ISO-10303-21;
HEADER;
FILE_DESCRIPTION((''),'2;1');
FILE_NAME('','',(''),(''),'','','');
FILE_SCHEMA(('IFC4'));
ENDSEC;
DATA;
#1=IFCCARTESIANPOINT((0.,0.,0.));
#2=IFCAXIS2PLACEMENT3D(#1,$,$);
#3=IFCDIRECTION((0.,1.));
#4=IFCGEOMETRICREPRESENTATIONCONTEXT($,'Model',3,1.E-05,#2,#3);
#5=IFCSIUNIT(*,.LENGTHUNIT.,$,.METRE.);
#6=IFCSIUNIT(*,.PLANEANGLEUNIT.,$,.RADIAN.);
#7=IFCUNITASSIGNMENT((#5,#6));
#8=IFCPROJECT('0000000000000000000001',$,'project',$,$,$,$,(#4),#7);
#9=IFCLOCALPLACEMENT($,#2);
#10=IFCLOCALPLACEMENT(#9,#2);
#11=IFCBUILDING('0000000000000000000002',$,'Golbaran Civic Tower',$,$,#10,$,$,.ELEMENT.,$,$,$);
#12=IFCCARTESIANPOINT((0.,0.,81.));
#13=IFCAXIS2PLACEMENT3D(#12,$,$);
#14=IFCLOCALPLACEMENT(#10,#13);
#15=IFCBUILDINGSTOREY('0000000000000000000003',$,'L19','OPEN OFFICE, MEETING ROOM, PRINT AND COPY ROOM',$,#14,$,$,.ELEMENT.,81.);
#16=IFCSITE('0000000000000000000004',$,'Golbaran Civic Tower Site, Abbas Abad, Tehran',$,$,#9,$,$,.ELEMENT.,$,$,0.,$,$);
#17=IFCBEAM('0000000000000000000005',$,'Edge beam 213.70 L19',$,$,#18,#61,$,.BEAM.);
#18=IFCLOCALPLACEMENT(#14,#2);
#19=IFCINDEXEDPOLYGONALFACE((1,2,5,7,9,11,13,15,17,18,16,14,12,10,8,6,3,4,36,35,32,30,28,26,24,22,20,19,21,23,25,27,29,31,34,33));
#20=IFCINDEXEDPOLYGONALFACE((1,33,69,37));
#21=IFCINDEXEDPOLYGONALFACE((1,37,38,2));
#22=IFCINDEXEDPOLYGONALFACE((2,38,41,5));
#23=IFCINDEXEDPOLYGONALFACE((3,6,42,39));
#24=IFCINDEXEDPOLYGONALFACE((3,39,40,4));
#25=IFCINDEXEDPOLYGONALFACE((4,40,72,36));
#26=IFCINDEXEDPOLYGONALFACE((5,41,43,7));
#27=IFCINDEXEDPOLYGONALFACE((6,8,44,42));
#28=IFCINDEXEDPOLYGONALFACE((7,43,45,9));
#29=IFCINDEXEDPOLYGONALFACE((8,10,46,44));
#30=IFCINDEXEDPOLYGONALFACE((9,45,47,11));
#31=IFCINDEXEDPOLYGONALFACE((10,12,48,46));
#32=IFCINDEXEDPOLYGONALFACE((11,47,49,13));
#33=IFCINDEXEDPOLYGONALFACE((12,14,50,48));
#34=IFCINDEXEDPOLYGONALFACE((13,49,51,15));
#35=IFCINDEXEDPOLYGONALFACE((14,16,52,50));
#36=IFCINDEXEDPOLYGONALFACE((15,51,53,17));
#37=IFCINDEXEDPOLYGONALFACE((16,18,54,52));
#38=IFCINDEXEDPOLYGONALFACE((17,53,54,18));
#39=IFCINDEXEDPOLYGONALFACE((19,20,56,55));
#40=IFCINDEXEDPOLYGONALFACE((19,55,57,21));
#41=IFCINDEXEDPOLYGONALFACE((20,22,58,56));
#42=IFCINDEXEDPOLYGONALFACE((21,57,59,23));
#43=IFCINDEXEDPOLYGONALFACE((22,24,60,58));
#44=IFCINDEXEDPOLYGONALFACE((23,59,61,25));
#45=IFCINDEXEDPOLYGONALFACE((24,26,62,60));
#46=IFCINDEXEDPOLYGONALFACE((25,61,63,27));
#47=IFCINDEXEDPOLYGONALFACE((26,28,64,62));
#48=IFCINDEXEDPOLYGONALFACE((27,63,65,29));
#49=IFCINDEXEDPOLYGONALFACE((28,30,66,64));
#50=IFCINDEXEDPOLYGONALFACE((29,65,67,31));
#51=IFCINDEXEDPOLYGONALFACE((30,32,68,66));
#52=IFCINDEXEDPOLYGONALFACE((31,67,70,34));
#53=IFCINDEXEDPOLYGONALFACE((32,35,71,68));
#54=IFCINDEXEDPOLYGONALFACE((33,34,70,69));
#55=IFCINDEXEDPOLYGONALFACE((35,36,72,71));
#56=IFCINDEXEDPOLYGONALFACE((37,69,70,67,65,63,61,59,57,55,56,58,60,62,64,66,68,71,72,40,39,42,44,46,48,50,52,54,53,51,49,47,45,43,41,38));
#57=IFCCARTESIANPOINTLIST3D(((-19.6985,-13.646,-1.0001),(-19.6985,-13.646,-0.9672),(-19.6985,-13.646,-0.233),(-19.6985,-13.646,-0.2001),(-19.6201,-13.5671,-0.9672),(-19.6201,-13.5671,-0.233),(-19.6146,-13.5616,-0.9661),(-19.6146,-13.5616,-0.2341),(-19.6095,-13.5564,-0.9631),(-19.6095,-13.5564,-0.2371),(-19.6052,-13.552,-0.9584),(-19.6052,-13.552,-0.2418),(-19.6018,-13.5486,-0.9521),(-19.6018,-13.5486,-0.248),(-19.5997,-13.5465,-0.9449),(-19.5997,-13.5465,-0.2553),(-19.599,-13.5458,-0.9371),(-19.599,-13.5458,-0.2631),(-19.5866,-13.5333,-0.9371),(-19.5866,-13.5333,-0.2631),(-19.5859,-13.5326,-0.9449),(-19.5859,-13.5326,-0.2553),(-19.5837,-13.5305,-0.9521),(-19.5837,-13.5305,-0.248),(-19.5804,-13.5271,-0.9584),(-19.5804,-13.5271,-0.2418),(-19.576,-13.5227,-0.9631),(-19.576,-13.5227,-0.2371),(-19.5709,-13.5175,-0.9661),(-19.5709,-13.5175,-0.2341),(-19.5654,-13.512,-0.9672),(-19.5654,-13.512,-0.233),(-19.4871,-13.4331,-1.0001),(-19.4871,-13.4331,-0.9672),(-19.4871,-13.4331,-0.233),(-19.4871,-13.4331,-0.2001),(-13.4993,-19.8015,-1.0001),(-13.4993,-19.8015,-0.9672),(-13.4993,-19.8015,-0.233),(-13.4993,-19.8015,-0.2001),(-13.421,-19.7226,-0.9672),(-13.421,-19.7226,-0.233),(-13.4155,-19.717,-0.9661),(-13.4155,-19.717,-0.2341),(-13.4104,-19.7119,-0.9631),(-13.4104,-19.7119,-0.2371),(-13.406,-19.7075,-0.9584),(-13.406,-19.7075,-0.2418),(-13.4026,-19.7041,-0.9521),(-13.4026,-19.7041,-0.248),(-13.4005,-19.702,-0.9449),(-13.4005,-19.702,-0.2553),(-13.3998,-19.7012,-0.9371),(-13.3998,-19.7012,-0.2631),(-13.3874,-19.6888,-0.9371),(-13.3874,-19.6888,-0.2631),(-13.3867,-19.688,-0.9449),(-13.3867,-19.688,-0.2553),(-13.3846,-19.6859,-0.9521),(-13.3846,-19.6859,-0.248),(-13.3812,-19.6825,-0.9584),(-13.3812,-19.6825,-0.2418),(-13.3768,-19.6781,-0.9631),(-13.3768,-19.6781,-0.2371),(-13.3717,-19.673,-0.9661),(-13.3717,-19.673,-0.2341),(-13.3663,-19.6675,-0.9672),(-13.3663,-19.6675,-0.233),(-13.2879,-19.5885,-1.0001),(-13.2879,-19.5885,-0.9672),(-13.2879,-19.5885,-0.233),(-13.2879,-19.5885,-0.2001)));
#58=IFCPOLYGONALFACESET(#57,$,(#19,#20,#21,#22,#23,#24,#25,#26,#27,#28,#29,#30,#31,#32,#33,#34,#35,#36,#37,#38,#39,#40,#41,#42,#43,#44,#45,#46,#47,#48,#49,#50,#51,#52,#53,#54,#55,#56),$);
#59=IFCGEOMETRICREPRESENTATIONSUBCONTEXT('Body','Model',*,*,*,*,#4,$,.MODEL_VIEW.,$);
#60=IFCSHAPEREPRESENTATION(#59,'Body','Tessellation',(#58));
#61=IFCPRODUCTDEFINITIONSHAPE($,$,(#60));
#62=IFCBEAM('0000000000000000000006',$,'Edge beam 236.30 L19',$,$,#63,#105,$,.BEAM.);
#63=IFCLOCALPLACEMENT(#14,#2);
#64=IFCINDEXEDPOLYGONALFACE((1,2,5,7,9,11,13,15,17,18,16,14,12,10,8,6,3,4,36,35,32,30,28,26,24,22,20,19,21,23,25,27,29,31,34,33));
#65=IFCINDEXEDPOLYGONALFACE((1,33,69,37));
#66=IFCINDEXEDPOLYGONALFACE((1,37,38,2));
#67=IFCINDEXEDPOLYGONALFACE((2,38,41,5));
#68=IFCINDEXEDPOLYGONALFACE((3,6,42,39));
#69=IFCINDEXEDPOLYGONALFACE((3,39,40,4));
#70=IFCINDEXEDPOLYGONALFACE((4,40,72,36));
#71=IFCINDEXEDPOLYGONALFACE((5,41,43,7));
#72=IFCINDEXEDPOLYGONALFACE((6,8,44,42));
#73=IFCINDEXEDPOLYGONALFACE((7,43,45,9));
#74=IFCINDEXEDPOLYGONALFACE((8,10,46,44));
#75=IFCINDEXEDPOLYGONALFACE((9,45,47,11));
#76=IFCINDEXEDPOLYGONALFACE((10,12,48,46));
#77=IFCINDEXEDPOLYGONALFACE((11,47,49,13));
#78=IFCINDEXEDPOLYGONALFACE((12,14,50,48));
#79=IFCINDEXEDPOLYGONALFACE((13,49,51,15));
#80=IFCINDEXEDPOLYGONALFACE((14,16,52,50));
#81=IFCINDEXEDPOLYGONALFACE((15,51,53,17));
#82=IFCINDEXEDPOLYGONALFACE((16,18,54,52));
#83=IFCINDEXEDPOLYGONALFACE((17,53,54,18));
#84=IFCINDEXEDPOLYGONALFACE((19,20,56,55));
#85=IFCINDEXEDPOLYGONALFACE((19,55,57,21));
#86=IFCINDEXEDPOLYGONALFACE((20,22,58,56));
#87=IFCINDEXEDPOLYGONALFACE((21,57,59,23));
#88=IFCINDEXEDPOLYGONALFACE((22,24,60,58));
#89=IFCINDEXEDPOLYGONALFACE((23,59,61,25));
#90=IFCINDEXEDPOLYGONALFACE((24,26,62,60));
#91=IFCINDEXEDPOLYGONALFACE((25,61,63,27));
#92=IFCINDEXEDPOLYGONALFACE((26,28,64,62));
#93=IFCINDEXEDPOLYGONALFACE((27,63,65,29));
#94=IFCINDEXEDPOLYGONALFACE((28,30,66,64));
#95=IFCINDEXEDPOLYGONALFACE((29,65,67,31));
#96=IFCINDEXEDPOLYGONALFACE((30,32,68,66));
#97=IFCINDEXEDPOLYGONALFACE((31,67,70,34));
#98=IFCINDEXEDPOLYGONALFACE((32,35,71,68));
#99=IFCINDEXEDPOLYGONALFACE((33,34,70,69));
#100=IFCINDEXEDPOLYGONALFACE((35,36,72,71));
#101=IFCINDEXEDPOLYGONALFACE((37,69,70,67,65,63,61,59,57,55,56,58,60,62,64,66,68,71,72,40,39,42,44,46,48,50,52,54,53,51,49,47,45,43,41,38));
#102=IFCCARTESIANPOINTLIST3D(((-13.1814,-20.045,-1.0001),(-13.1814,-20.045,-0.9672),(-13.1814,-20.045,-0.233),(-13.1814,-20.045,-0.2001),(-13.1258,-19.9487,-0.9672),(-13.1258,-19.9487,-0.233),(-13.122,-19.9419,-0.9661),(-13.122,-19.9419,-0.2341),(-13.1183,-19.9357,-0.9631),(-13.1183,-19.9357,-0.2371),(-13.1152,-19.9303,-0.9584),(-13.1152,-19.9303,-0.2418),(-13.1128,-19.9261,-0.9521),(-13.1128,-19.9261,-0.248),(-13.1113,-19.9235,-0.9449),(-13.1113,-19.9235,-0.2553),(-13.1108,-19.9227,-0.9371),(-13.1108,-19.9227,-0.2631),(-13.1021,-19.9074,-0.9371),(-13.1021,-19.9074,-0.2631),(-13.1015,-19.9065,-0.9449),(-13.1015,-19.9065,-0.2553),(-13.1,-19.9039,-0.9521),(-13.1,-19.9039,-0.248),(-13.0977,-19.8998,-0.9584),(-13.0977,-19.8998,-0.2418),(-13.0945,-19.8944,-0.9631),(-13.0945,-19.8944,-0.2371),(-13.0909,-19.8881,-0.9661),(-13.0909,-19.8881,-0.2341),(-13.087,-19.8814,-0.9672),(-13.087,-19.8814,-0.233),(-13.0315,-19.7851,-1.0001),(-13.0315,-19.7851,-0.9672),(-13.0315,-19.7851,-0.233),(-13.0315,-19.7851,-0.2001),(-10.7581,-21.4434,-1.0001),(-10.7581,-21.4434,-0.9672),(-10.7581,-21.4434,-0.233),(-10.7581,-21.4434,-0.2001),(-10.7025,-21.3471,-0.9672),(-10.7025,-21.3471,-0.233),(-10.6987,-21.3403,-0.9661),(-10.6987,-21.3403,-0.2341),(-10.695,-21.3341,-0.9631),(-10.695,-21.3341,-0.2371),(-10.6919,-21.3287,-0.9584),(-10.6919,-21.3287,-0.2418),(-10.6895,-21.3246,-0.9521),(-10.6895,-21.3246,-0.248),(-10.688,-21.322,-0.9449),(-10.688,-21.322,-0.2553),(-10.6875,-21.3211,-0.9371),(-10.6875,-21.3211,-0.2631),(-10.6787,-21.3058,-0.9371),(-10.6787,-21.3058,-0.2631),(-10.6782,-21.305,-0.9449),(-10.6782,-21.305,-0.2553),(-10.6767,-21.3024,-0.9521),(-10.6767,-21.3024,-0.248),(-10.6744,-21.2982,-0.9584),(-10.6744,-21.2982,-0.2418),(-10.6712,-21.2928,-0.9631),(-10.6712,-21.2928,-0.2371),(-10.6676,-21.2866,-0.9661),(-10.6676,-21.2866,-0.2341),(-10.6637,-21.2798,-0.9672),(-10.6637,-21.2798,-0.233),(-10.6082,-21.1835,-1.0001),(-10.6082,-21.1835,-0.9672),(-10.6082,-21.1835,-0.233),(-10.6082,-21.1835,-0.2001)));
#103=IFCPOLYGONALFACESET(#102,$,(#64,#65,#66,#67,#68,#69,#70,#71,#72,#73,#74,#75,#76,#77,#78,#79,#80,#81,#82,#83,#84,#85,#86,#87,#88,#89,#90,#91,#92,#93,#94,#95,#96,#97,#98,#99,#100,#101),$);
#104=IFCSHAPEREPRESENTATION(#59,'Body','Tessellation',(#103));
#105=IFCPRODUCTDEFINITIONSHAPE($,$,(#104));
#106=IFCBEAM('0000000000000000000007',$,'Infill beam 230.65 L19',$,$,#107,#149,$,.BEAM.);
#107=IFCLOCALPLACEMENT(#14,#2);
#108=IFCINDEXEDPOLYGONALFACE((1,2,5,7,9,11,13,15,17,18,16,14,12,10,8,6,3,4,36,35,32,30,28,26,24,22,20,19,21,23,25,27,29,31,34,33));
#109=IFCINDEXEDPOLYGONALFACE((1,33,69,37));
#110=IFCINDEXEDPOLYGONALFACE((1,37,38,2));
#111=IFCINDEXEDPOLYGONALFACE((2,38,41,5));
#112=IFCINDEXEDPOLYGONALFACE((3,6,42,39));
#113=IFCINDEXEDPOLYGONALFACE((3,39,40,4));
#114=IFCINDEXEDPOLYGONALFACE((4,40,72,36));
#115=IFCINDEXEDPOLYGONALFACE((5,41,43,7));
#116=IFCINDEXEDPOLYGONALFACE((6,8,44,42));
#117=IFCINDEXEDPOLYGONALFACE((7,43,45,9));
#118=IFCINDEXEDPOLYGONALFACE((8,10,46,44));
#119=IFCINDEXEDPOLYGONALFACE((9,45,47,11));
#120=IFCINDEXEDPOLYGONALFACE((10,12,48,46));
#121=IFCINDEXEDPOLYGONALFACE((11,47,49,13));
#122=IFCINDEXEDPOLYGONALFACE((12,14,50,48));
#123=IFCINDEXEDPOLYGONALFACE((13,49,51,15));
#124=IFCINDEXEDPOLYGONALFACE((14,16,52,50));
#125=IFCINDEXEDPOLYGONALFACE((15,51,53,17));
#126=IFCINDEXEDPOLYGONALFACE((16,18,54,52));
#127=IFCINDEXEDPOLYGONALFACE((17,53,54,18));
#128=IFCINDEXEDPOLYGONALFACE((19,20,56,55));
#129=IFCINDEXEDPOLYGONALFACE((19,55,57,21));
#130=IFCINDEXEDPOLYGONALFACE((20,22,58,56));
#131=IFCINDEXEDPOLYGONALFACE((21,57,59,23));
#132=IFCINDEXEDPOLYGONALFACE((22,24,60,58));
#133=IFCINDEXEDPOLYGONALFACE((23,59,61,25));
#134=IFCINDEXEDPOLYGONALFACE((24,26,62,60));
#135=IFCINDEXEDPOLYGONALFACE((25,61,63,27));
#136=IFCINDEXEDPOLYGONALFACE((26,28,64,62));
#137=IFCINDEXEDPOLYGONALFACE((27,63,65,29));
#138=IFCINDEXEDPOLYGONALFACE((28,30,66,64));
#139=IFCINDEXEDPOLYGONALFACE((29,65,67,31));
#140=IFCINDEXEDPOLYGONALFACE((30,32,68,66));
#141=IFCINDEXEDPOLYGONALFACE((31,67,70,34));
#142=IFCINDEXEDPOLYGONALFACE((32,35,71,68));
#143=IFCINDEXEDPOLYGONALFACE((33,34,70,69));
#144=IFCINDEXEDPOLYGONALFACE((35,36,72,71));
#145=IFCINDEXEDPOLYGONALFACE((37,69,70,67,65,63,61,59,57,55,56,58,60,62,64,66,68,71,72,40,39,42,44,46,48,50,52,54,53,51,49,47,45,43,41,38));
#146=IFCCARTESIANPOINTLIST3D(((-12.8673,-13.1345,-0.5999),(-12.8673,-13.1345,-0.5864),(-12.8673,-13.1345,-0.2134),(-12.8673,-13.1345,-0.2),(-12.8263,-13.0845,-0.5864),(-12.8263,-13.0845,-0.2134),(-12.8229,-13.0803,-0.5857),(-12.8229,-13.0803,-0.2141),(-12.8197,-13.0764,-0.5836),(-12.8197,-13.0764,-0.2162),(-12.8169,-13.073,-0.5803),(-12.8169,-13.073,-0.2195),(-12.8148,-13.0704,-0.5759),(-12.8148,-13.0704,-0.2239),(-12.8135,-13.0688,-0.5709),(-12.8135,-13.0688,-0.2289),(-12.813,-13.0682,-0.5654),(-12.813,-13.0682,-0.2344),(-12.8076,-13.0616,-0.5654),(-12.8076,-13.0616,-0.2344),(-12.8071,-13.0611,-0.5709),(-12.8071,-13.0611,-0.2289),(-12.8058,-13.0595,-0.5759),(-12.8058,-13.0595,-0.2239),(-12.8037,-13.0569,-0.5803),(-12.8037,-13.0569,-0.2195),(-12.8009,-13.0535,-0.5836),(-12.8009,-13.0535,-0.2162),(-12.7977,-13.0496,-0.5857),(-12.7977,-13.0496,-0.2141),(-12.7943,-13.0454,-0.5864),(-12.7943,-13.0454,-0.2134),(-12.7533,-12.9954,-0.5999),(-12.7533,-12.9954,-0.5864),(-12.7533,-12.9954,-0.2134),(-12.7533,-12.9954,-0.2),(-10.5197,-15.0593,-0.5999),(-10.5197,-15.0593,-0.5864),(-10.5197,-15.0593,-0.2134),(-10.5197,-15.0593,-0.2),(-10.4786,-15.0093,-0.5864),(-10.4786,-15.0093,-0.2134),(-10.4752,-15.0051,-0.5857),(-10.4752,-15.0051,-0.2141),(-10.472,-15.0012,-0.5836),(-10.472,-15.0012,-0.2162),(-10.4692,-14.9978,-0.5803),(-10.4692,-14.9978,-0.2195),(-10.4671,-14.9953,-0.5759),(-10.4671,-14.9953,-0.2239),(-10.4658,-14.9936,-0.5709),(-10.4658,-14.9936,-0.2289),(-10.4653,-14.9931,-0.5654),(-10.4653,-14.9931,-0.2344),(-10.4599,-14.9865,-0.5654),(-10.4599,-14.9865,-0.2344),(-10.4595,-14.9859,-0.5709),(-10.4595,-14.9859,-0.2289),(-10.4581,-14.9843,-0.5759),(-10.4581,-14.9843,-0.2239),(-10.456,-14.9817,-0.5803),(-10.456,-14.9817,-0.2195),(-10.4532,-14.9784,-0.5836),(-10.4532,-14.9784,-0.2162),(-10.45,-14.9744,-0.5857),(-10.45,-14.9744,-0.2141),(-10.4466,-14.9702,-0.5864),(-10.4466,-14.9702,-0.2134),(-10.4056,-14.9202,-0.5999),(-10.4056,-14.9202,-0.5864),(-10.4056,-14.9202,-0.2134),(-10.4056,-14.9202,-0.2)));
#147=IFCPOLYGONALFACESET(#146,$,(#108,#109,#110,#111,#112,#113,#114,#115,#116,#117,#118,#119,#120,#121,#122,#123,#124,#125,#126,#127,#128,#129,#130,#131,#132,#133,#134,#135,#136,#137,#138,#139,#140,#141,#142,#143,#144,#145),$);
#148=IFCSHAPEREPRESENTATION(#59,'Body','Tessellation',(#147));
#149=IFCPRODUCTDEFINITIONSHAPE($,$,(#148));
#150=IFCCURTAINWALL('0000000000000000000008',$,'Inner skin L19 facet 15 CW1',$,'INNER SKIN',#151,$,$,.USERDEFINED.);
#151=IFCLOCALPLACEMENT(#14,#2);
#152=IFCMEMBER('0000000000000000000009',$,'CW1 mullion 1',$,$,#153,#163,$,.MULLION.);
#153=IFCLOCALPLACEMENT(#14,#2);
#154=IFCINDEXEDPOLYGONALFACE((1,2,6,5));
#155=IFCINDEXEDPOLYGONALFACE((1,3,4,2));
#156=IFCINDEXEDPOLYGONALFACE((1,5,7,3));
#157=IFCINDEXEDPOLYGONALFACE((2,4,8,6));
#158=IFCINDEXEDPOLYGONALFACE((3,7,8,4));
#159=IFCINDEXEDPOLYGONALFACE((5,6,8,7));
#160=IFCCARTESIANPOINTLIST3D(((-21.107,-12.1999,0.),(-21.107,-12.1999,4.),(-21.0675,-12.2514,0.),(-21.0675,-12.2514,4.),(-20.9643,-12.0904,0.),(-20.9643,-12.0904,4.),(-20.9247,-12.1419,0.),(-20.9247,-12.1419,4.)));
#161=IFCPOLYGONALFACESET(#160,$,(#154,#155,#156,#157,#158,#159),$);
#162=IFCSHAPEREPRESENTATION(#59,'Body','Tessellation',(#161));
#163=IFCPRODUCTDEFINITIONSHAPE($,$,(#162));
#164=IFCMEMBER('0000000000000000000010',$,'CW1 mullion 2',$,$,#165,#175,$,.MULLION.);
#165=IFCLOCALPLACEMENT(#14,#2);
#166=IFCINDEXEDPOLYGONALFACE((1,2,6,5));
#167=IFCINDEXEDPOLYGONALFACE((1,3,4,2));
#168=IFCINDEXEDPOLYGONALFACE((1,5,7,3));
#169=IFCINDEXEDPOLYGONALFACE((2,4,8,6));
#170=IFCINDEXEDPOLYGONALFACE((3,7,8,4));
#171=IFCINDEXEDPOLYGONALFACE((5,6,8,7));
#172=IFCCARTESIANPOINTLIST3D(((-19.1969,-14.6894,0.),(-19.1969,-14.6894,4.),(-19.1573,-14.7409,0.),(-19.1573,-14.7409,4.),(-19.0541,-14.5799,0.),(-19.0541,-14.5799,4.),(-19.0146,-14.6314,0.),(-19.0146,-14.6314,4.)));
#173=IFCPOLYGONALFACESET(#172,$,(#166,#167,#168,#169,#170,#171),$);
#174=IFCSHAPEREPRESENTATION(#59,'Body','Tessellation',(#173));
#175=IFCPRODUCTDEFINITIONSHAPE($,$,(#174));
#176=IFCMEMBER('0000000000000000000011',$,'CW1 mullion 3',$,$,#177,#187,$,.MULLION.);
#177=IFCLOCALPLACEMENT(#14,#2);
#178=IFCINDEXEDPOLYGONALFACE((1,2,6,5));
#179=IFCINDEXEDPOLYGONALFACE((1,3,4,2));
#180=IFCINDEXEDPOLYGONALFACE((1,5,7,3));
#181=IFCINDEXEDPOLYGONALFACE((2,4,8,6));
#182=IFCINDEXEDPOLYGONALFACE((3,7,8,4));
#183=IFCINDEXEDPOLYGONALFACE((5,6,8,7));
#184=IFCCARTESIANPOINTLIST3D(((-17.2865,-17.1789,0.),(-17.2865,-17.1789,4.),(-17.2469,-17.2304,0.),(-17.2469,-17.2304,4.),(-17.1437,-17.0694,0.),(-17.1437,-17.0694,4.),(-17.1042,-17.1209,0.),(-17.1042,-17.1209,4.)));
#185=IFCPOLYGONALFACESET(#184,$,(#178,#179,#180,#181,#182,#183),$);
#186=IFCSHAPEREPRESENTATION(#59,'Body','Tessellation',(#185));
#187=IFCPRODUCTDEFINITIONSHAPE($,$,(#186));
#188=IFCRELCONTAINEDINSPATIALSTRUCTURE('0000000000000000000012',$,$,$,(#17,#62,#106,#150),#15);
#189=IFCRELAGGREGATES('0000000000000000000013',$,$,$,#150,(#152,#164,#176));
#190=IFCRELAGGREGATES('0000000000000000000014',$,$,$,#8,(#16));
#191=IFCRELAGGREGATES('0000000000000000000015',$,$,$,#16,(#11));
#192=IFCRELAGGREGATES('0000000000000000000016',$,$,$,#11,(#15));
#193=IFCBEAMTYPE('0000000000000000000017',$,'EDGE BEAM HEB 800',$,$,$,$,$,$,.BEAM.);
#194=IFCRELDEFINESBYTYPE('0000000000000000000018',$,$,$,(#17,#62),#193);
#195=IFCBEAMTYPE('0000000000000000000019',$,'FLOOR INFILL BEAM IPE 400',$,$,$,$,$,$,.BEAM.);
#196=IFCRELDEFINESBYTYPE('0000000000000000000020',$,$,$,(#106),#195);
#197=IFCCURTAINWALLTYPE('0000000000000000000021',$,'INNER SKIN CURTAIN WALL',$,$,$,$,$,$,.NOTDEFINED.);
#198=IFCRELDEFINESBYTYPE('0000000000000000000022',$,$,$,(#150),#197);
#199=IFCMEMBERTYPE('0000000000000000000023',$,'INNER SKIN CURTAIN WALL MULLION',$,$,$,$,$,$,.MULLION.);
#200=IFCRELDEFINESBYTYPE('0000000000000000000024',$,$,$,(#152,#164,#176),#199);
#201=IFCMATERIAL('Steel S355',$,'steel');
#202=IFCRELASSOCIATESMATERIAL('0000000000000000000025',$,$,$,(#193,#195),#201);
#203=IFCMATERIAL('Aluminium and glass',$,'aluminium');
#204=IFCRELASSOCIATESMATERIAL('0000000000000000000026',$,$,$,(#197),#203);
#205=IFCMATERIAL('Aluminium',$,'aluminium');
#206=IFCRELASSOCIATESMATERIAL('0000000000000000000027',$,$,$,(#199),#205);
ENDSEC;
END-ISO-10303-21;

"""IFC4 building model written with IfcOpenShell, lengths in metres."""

from ifc_helpers import new_model, si_unit, direction, frame, origin, origin_2d, place, context, subcontext, project, spatial, rectangle, i_section, extrude, material, material_profile, profile_set, type_object, element, aggregate, save


model = new_model("IFC4")

# Units and contexts
model_context = context("Model", 3, precision=1e-05, world=origin(), true_north=direction((0.0, 1.0)))
body_context = subcontext(model_context, "Body", "Model", "MODEL_VIEW")
ifc_project = project(units=[si_unit("LENGTHUNIT", "METRE"), si_unit("PLANEANGLEUNIT", "RADIAN")], contexts=[model_context])

# Site, building, storey
site_placement = place(None, origin())
site = spatial("IfcSite", under=ifc_project, at=site_placement, Name="Golbaran Civic Tower Site, Abbas Abad, Tehran", CompositionType="ELEMENT", RefElevation=0.0)
building_placement = place(site_placement, origin())
building = spatial("IfcBuilding", under=site, at=building_placement, Name="Golbaran Civic Tower", CompositionType="ELEMENT")
storey_placement = place(building_placement, frame((0.0, 0.0, 81.0)))
storey = spatial("IfcBuildingStorey", under=building, at=storey_placement, Name="L19", Description="OPEN OFFICE, MEETING ROOM, PRINT AND COPY ROOM", CompositionType="ELEMENT", Elevation=81.0)

# Beams
ifc_material_1 = material(Name="Steel S355", Category="steel")
ifc_material_profile_1 = material_profile(ifc_material_1, i_section(OverallWidth=0.3, OverallDepth=0.8, WebThickness=0.0176, FlangeThickness=0.033, FilletRadius=0.03, at=origin_2d()), Name="HEB 800")
ifc_profile_set_1 = profile_set([ifc_material_profile_1], Name="Steel S355")
beam_type_1 = type_object("IfcBeamType", Name="EDGE BEAM HEB 800", PredefinedType="BEAM", material=ifc_profile_set_1)
beam_1_placement = place(storey_placement, frame((-19.5928, -13.5396, -0.6001), z_axis=(0.709604, -0.704601, 0.0), x_axis=(0.704601, 0.709604, 0.0)))
element("IfcBeam", 1, at=beam_1_placement, inside=storey, type_object=beam_type_1, Name="Edge beam 213.70 L19", PredefinedType="BEAM", context=body_context, shape_type="SweptSolid", body=[
    extrude(i_section(OverallWidth=0.3, OverallDepth=0.8, WebThickness=0.0176, FlangeThickness=0.033, FilletRadius=0.03, at=origin_2d()), origin(), (0.0, 0.0, 1.0), 8.7361),
])
beam_2_placement = place(storey_placement, frame((-13.1064, -19.915, -0.6001), z_axis=(0.86613, -0.499818, 0.0), x_axis=(0.499818, 0.86613, 0.0)))
element("IfcBeam", 2, at=beam_2_placement, inside=storey, type_object=beam_type_1, Name="Edge beam 236.30 L19", PredefinedType="BEAM", context=body_context, shape_type="SweptSolid", body=[
    extrude(i_section(OverallWidth=0.3, OverallDepth=0.8, WebThickness=0.0176, FlangeThickness=0.033, FilletRadius=0.03, at=origin_2d()), origin(), (0.0, 0.0, 1.0), 2.7979),
])
ifc_material_profile_2 = material_profile(ifc_material_1, i_section(OverallWidth=0.1799, OverallDepth=0.3999, WebThickness=0.0085, FlangeThickness=0.0134, FilletRadius=0.021, at=origin_2d()), Name="IPE 400")
ifc_profile_set_2 = profile_set([ifc_material_profile_2], Name="Steel S355")
beam_type_2 = type_object("IfcBeamType", Name="FLOOR INFILL BEAM IPE 400", PredefinedType="BEAM", material=ifc_profile_set_2)
beam_3_placement = place(storey_placement, frame((-12.8103, -13.0649, -0.3999), z_axis=(0.773312, -0.634026, 0.0), x_axis=(0.634026, 0.773312, 0.0)))
element("IfcBeam", 3, at=beam_3_placement, inside=storey, type_object=beam_type_2, Name="Infill beam 230.65 L19", PredefinedType="BEAM", context=body_context, shape_type="SweptSolid", body=[
    extrude(i_section(OverallWidth=0.1799, OverallDepth=0.3999, WebThickness=0.0085, FlangeThickness=0.0134, FilletRadius=0.021, at=origin_2d()), origin(), (0.0, 0.0, 1.0), 3.0359),
])

# Curtain wall, members
ifc_material_2 = material(Name="Aluminium and glass", Category="aluminium")
curtain_wall_type = type_object("IfcCurtainWallType", Name="INNER SKIN CURTAIN WALL", PredefinedType="NOTDEFINED", material=ifc_material_2)
curtain_wall_1_placement = place(storey_placement, origin())
curtain_wall_1 = element("IfcCurtainWall", 4, at=curtain_wall_1_placement, inside=storey, type_object=curtain_wall_type, Name="Inner skin L19 facet 15 CW1", ObjectType="INNER SKIN", PredefinedType="USERDEFINED")
ifc_material_3 = material(Name="Aluminium", Category="aluminium")
ifc_material_profile_3 = material_profile(ifc_material_3, rectangle(XDim=0.1799, YDim=0.0649, at=origin_2d()), Name="INNER SKIN CURTAIN WALL MULLION")
ifc_profile_set_3 = profile_set([ifc_material_profile_3], Name="Aluminium")
member_type_1 = type_object("IfcMemberType", Name="INNER SKIN CURTAIN WALL MULLION", PredefinedType="MULLION", material=ifc_profile_set_3)
member_1_placement = place(storey_placement, frame((-21.0159, -12.1709, 0.0), z_axis=(0.0, 0.0, 1.0), x_axis=(0.793353, 0.608761, 0.0)))
member_1 = element("IfcMember", 5, at=member_1_placement, type_object=member_type_1, Name="CW1 mullion 1", PredefinedType="MULLION", context=body_context, shape_type="SweptSolid", body=[
    extrude(rectangle(XDim=0.1799, YDim=0.0649, at=origin_2d()), origin(), (0.0, 0.0, 1.0), 4.0),
])
member_2_placement = place(storey_placement, frame((-19.1057, -14.6604, 0.0), z_axis=(0.0, 0.0, 1.0), x_axis=(0.793353, 0.608761, 0.0)))
member_2 = element("IfcMember", 6, at=member_2_placement, type_object=member_type_1, Name="CW1 mullion 2", PredefinedType="MULLION", context=body_context, shape_type="SweptSolid", body=[
    extrude(rectangle(XDim=0.1799, YDim=0.0649, at=origin_2d()), origin(), (0.0, 0.0, 1.0), 4.0),
])
member_3_placement = place(storey_placement, frame((-17.1953, -17.1499, 0.0), z_axis=(0.0, 0.0, 1.0), x_axis=(0.793353, 0.608761, 0.0)))
member_3 = element("IfcMember", 7, at=member_3_placement, type_object=member_type_1, Name="CW1 mullion 3", PredefinedType="MULLION", context=body_context, shape_type="SweptSolid", body=[
    extrude(rectangle(XDim=0.1799, YDim=0.0649, at=origin_2d()), origin(), (0.0, 0.0, 1.0), 4.0),
])

aggregate(curtain_wall_1, [member_1, member_2, member_3])

save(model, "model.ifc")
